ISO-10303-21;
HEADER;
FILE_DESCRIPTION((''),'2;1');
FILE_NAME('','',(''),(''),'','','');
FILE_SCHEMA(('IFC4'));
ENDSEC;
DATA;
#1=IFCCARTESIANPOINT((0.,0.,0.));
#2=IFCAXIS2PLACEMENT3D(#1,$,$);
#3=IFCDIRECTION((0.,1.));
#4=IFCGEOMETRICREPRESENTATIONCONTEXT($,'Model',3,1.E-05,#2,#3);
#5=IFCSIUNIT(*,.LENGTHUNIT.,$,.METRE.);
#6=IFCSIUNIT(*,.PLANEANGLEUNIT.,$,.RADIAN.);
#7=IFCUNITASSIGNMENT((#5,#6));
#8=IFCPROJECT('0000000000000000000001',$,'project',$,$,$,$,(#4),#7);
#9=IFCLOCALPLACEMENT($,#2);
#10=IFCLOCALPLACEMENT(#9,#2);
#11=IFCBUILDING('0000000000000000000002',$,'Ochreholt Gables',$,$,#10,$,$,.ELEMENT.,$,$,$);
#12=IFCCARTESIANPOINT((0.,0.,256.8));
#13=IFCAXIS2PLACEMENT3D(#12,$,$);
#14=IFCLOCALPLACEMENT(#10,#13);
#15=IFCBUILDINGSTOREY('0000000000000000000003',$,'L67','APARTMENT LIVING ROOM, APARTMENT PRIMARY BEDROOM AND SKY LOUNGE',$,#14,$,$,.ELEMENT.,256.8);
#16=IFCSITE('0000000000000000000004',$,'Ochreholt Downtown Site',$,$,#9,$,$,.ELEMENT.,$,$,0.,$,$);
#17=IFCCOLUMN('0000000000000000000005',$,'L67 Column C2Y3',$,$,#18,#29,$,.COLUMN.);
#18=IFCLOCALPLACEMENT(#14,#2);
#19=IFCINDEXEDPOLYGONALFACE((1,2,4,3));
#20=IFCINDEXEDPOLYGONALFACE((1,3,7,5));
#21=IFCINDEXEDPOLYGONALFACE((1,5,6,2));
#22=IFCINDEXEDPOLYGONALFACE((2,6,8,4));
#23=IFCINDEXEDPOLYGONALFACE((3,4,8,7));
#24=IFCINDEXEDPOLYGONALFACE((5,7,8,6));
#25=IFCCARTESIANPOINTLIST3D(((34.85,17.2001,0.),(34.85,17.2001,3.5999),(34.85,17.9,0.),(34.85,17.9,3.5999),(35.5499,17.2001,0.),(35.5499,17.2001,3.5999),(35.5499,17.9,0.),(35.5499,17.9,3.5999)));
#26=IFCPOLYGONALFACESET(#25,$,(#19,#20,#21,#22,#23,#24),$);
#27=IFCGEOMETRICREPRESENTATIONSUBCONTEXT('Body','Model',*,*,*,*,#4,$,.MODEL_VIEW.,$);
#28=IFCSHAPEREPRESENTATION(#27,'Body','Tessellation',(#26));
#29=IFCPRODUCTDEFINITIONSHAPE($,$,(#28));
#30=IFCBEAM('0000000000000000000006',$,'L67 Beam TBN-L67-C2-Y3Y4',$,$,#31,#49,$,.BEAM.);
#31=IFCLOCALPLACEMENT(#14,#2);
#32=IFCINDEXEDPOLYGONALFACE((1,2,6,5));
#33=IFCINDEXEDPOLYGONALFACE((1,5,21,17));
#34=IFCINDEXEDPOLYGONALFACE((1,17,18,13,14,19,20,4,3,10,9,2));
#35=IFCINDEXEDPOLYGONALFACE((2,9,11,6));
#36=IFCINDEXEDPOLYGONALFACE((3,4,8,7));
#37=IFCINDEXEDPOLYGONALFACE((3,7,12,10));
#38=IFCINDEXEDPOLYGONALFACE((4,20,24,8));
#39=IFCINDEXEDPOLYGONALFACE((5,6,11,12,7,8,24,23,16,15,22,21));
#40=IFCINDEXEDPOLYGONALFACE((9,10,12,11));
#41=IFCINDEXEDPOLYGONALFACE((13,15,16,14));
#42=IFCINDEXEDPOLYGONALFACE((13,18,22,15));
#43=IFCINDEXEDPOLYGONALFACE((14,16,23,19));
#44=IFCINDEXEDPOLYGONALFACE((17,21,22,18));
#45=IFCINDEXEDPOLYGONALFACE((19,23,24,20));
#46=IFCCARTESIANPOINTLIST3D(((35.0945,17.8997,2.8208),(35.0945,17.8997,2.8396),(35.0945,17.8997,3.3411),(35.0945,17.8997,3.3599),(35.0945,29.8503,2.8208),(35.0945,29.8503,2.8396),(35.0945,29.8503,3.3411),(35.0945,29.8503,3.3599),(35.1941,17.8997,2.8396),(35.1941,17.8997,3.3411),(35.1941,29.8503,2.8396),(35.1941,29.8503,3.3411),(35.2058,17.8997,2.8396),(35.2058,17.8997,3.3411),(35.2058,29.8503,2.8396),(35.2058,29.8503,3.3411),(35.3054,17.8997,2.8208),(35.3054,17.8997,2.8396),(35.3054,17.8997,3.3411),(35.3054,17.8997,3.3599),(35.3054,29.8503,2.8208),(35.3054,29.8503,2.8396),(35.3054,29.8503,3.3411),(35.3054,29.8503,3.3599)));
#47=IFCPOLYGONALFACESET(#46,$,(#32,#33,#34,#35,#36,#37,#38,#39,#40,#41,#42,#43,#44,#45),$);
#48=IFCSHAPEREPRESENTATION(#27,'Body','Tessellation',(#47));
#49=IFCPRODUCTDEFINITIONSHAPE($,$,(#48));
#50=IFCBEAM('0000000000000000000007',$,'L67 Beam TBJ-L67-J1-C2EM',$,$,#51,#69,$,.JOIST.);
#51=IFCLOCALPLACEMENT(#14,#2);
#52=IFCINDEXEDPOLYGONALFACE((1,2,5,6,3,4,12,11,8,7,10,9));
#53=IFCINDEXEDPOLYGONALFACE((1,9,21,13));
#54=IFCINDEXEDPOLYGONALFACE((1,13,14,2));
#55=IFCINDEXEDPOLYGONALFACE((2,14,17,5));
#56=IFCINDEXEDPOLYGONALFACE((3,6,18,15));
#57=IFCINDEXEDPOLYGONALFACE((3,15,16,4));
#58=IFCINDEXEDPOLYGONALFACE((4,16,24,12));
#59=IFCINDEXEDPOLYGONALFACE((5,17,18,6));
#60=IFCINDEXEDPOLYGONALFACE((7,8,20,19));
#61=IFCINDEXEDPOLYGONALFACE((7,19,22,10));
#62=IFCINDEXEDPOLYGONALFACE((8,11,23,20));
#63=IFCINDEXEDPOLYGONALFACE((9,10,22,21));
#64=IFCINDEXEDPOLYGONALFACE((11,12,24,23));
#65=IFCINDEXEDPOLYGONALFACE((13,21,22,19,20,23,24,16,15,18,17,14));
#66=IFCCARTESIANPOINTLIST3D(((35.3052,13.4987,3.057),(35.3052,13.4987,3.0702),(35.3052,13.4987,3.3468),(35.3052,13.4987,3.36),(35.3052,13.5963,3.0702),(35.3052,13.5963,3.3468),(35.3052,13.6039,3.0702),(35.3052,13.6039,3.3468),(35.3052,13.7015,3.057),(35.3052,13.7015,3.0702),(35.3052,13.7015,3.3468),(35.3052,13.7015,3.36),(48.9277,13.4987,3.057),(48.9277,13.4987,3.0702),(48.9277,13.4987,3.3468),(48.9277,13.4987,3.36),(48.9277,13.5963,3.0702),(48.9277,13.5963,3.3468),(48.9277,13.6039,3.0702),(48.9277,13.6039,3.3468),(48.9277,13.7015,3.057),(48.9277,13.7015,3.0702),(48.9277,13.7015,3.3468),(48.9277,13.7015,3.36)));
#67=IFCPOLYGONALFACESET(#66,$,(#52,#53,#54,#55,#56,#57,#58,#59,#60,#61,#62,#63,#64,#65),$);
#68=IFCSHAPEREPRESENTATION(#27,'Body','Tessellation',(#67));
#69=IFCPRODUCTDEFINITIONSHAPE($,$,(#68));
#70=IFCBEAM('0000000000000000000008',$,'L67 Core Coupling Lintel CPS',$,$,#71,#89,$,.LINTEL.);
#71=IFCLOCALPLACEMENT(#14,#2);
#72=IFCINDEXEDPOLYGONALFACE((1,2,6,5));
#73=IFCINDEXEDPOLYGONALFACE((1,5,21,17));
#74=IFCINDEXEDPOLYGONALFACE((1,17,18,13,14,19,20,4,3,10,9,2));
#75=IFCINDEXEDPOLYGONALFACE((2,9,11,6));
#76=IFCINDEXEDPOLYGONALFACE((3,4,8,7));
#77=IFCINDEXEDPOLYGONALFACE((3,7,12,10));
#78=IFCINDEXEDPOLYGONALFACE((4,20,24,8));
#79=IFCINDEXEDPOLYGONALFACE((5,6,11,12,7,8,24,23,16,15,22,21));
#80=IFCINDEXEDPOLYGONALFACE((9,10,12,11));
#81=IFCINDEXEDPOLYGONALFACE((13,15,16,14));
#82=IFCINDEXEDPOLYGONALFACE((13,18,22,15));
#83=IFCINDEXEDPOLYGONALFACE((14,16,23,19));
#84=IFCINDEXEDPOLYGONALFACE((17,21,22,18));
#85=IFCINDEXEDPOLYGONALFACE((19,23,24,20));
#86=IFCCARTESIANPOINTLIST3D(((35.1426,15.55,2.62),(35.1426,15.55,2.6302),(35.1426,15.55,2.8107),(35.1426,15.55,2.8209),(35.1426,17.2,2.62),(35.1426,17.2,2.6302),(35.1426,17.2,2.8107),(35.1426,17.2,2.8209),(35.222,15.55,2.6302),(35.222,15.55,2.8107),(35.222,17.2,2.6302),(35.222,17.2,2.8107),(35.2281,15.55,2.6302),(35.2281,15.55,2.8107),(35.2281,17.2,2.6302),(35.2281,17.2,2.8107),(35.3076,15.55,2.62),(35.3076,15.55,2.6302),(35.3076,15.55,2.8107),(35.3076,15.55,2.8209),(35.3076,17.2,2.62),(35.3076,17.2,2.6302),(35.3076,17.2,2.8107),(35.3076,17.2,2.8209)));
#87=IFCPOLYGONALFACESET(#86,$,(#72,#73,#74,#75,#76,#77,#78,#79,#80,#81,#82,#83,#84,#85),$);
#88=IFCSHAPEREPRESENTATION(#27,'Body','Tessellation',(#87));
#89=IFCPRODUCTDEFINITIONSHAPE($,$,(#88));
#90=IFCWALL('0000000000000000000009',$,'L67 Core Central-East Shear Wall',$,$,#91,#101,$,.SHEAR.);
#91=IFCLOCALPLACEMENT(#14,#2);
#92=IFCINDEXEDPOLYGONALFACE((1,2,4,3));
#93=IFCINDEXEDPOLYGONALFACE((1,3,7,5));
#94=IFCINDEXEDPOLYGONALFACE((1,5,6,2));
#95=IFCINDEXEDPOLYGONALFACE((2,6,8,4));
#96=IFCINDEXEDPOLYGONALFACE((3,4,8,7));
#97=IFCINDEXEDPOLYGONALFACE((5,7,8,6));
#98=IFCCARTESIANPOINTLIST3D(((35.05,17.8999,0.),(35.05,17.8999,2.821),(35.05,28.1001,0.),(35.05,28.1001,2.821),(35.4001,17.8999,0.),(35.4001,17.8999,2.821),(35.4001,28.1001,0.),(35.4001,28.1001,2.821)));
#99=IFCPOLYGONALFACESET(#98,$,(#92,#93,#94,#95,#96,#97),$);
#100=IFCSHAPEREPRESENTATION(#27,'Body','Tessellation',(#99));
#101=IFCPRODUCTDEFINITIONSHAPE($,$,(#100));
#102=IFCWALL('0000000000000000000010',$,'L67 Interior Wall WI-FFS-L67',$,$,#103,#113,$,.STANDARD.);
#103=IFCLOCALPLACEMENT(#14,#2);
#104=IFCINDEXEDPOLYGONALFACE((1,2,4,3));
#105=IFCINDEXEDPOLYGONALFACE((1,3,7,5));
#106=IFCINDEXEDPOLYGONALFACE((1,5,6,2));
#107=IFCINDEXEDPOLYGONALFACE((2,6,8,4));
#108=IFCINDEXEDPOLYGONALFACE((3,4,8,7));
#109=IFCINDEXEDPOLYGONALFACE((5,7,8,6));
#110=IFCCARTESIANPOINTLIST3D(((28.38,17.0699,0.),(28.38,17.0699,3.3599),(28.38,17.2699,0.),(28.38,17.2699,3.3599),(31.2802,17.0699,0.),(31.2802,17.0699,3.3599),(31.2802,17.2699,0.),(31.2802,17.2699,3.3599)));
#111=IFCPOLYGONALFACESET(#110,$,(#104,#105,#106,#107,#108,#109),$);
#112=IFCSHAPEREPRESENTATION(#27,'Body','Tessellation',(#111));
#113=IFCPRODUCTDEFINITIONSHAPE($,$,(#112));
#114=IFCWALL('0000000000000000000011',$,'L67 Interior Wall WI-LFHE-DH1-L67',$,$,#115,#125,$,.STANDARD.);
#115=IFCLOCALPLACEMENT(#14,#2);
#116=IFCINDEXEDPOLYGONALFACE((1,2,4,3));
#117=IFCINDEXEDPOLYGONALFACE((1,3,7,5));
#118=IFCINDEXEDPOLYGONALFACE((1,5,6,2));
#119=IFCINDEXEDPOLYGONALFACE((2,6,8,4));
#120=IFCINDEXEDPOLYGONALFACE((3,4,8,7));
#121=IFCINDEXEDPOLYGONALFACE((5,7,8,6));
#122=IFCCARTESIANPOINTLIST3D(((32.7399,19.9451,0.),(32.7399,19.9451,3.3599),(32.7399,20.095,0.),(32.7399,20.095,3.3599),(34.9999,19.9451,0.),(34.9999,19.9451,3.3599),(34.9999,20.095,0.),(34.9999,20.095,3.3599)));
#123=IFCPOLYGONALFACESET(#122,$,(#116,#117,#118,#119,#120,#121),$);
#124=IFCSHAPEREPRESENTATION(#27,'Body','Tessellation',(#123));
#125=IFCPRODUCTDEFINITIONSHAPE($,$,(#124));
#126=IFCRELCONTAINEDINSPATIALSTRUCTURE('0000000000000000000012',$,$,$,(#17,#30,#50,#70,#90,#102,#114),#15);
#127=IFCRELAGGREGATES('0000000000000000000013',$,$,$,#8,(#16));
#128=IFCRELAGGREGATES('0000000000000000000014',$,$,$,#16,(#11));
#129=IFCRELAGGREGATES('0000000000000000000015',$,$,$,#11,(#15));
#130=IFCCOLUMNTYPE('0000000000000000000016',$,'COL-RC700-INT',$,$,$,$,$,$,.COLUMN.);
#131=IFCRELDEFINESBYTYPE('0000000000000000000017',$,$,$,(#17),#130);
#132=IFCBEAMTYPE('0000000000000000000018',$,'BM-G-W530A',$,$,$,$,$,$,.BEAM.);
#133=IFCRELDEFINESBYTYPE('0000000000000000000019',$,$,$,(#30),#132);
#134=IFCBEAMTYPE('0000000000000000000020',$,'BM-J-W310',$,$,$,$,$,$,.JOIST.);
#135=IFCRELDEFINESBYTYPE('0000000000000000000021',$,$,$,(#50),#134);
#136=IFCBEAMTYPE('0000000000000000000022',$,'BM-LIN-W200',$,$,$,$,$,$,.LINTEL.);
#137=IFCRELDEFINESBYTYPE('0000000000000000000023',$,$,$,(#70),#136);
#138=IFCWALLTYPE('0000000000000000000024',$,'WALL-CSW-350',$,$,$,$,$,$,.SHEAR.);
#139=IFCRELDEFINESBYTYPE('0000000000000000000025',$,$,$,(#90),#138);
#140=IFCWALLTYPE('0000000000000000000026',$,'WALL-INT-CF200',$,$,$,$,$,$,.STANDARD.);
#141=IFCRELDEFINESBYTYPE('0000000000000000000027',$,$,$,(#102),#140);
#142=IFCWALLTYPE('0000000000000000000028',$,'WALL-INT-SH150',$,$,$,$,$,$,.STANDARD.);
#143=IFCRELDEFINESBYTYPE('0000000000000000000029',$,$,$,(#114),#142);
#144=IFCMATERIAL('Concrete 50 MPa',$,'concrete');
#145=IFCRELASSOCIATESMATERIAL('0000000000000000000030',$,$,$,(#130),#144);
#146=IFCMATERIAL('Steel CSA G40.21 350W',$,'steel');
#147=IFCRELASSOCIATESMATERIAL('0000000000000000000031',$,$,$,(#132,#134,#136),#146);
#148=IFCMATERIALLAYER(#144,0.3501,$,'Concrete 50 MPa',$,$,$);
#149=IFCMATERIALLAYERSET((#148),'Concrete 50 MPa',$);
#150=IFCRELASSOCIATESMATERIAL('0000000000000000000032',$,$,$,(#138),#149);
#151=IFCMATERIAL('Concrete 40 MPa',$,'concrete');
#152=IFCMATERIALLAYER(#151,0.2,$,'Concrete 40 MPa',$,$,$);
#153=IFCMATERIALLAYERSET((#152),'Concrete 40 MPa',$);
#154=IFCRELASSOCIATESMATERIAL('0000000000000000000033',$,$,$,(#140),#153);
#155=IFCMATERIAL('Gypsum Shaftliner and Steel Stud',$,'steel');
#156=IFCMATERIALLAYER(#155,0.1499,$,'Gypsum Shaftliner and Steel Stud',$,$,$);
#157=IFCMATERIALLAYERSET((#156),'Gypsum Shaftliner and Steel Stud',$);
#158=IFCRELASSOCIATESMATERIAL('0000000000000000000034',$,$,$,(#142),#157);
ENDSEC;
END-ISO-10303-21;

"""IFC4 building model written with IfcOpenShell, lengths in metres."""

from ifc_helpers import new_model, si_unit, direction, frame, frame_2d, origin, origin_2d, place, context, subcontext, project, spatial, rectangle, i_section, extrude, material, layer, layer_set, material_profile, profile_set, type_object, element, save


model = new_model("IFC4")

# Units and contexts
model_context = context("Model", 3, precision=1e-05, world=origin(), true_north=direction((0.0, 1.0)))
body_context = subcontext(model_context, "Body", "Model", "MODEL_VIEW")
ifc_project = project(units=[si_unit("LENGTHUNIT", "METRE"), si_unit("PLANEANGLEUNIT", "RADIAN")], contexts=[model_context])

# Site, building, storey
site_placement = place(None, origin())
site = spatial("IfcSite", under=ifc_project, at=site_placement, Name="Ochreholt Downtown Site", CompositionType="ELEMENT", RefElevation=0.0)
building_placement = place(site_placement, origin())
building = spatial("IfcBuilding", under=site, at=building_placement, Name="Ochreholt Gables", CompositionType="ELEMENT")
storey_placement = place(building_placement, frame((0.0, 0.0, 256.8)))
storey = spatial("IfcBuildingStorey", under=building, at=storey_placement, Name="L67", Description="APARTMENT LIVING ROOM, APARTMENT PRIMARY BEDROOM AND SKY LOUNGE", CompositionType="ELEMENT", Elevation=256.8)

# Column
ifc_material_1 = material(Name="Concrete 50 MPa", Category="concrete")
ifc_material_profile_1 = material_profile(ifc_material_1, rectangle(XDim=0.7, YDim=0.7, at=origin_2d()), Name="RC700X700")
ifc_profile_set_1 = profile_set([ifc_material_profile_1], Name="Concrete 50 MPa")
column_type = type_object("IfcColumnType", Name="COL-RC700-INT", PredefinedType="COLUMN", material=ifc_profile_set_1)
column_placement = place(storey_placement, frame((35.2, 17.55, 0.0), z_axis=(0.0, 0.0, 1.0), x_axis=(1.0, 0.0, 0.0)))
element("IfcColumn", 1, at=column_placement, inside=storey, type_object=column_type, Name="L67 Column C2Y3", PredefinedType="COLUMN", context=body_context, shape_type="SweptSolid", body=[
    extrude(rectangle(XDim=0.7, YDim=0.7, at=origin_2d()), origin(), (0.0, 0.0, 1.0), 3.5999),
])

# Beams
ifc_material_2 = material(Name="Steel CSA G40.21 350W", Category="steel")
ifc_material_profile_2 = material_profile(ifc_material_2, i_section(OverallWidth=0.2109, OverallDepth=0.5391, WebThickness=0.0117, FlangeThickness=0.0188, at=origin_2d()), Name="W530X109")
ifc_profile_set_2 = profile_set([ifc_material_profile_2], Name="Steel CSA G40.21 350W")
beam_type_1 = type_object("IfcBeamType", Name="BM-G-W530A", PredefinedType="BEAM", material=ifc_profile_set_2)
beam_1_placement = place(storey_placement, frame((35.2, 17.8997, 3.0903), z_axis=(0.0, 1.0, 0.0), x_axis=(-1.0, 0.0, 0.0)))
element("IfcBeam", 2, at=beam_1_placement, inside=storey, type_object=beam_type_1, Name="L67 Beam TBN-L67-C2-Y3Y4", PredefinedType="BEAM", context=body_context, shape_type="SweptSolid", body=[
    extrude(i_section(OverallWidth=0.2109, OverallDepth=0.5391, WebThickness=0.0117, FlangeThickness=0.0188, at=origin_2d()), origin(), (0.0, 0.0, 1.0), 11.9507),
])
ifc_material_profile_3 = material_profile(ifc_material_2, i_section(OverallWidth=0.2029, OverallDepth=0.303, WebThickness=0.0076, FlangeThickness=0.0132, at=origin_2d()), Name="W310X60")
ifc_profile_set_3 = profile_set([ifc_material_profile_3], Name="Steel CSA G40.21 350W")
beam_type_2 = type_object("IfcBeamType", Name="BM-J-W310", PredefinedType="JOIST", material=ifc_profile_set_3)
beam_2_placement = place(storey_placement, frame((35.3052, 13.6001, 3.2085), z_axis=(1.0, 0.0, 0.0), x_axis=(0.0, 1.0, 0.0)))
element("IfcBeam", 3, at=beam_2_placement, inside=storey, type_object=beam_type_2, Name="L67 Beam TBJ-L67-J1-C2EM", PredefinedType="JOIST", context=body_context, shape_type="SweptSolid", body=[
    extrude(i_section(OverallWidth=0.2029, OverallDepth=0.303, WebThickness=0.0076, FlangeThickness=0.0132, at=origin_2d()), origin(), (0.0, 0.0, 1.0), 13.6226),
])
ifc_material_profile_4 = material_profile(ifc_material_2, i_section(OverallWidth=0.165, OverallDepth=0.2009, WebThickness=0.0061, FlangeThickness=0.0103, at=origin_2d()), Name="W200X36")
ifc_profile_set_4 = profile_set([ifc_material_profile_4], Name="Steel CSA G40.21 350W")
beam_type_3 = type_object("IfcBeamType", Name="BM-LIN-W200", PredefinedType="LINTEL", material=ifc_profile_set_4)
beam_3_placement = place(storey_placement, frame((35.2251, 15.55, 2.7205), z_axis=(0.0, 1.0, 0.0), x_axis=(-1.0, 0.0, 0.0)))
element("IfcBeam", 4, at=beam_3_placement, inside=storey, type_object=beam_type_3, Name="L67 Core Coupling Lintel CPS", PredefinedType="LINTEL", context=body_context, shape_type="SweptSolid", body=[
    extrude(i_section(OverallWidth=0.165, OverallDepth=0.2009, WebThickness=0.0061, FlangeThickness=0.0103, at=origin_2d()), origin(), (0.0, 0.0, 1.0), 1.6499),
])

# Walls
ifc_layer_1 = layer(ifc_material_1, 0.3501, Name="Concrete 50 MPa")
ifc_layer_set_1 = layer_set([ifc_layer_1], Name="Concrete 50 MPa")
wall_type_1 = type_object("IfcWallType", Name="WALL-CSW-350", PredefinedType="SHEAR", material=ifc_layer_set_1)
wall_1_placement = place(storey_placement, frame((35.2251, 17.8999, 0.0), z_axis=(0.0, 0.0, 1.0), x_axis=(0.0, 1.0, 0.0)))
element("IfcWall", 5, at=wall_1_placement, inside=storey, type_object=wall_type_1, Name="L67 Core Central-East Shear Wall", PredefinedType="SHEAR", context=body_context, shape_type="SweptSolid", body=[
    extrude(rectangle(XDim=10.2002, YDim=0.3501, at=frame_2d((5.1001, 0.0))), origin(), (0.0, 0.0, 1.0), 2.821),
])
ifc_material_3 = material(Name="Concrete 40 MPa", Category="concrete")
ifc_layer_2 = layer(ifc_material_3, 0.2, Name="Concrete 40 MPa")
ifc_layer_set_2 = layer_set([ifc_layer_2], Name="Concrete 40 MPa")
wall_type_2 = type_object("IfcWallType", Name="WALL-INT-CF200", PredefinedType="STANDARD", material=ifc_layer_set_2)
wall_2_placement = place(storey_placement, frame((28.3799, 17.1699, 0.0), z_axis=(0.0, 0.0, 1.0), x_axis=(1.0, 0.0, 0.0)))
element("IfcWall", 6, at=wall_2_placement, inside=storey, type_object=wall_type_2, Name="L67 Interior Wall WI-FFS-L67", PredefinedType="STANDARD", context=body_context, shape_type="SweptSolid", body=[
    extrude(rectangle(XDim=2.9001, YDim=0.2, at=frame_2d((1.4502, 0.0))), origin(), (0.0, 0.0, 1.0), 3.3599),
])

# Wall
ifc_material_4 = material(Name="Gypsum Shaftliner and Steel Stud", Category="steel")
ifc_layer_3 = layer(ifc_material_4, 0.1499, Name="Gypsum Shaftliner and Steel Stud")
ifc_layer_set_3 = layer_set([ifc_layer_3], Name="Gypsum Shaftliner and Steel Stud")
wall_type_3 = type_object("IfcWallType", Name="WALL-INT-SH150", PredefinedType="STANDARD", material=ifc_layer_set_3)
wall_3_placement = place(storey_placement, frame((32.74, 20.02, 0.0), z_axis=(0.0, 0.0, 1.0), x_axis=(1.0, 0.0, 0.0)))
element("IfcWall", 7, at=wall_3_placement, inside=storey, type_object=wall_type_3, Name="L67 Interior Wall WI-LFHE-DH1-L67", PredefinedType="STANDARD", context=body_context, shape_type="SweptSolid", body=[
    extrude(rectangle(XDim=2.26, YDim=0.1499, at=frame_2d((1.1299, 0.0))), origin(), (0.0, 0.0, 1.0), 3.3599),
])

save(model, "model.ifc")
